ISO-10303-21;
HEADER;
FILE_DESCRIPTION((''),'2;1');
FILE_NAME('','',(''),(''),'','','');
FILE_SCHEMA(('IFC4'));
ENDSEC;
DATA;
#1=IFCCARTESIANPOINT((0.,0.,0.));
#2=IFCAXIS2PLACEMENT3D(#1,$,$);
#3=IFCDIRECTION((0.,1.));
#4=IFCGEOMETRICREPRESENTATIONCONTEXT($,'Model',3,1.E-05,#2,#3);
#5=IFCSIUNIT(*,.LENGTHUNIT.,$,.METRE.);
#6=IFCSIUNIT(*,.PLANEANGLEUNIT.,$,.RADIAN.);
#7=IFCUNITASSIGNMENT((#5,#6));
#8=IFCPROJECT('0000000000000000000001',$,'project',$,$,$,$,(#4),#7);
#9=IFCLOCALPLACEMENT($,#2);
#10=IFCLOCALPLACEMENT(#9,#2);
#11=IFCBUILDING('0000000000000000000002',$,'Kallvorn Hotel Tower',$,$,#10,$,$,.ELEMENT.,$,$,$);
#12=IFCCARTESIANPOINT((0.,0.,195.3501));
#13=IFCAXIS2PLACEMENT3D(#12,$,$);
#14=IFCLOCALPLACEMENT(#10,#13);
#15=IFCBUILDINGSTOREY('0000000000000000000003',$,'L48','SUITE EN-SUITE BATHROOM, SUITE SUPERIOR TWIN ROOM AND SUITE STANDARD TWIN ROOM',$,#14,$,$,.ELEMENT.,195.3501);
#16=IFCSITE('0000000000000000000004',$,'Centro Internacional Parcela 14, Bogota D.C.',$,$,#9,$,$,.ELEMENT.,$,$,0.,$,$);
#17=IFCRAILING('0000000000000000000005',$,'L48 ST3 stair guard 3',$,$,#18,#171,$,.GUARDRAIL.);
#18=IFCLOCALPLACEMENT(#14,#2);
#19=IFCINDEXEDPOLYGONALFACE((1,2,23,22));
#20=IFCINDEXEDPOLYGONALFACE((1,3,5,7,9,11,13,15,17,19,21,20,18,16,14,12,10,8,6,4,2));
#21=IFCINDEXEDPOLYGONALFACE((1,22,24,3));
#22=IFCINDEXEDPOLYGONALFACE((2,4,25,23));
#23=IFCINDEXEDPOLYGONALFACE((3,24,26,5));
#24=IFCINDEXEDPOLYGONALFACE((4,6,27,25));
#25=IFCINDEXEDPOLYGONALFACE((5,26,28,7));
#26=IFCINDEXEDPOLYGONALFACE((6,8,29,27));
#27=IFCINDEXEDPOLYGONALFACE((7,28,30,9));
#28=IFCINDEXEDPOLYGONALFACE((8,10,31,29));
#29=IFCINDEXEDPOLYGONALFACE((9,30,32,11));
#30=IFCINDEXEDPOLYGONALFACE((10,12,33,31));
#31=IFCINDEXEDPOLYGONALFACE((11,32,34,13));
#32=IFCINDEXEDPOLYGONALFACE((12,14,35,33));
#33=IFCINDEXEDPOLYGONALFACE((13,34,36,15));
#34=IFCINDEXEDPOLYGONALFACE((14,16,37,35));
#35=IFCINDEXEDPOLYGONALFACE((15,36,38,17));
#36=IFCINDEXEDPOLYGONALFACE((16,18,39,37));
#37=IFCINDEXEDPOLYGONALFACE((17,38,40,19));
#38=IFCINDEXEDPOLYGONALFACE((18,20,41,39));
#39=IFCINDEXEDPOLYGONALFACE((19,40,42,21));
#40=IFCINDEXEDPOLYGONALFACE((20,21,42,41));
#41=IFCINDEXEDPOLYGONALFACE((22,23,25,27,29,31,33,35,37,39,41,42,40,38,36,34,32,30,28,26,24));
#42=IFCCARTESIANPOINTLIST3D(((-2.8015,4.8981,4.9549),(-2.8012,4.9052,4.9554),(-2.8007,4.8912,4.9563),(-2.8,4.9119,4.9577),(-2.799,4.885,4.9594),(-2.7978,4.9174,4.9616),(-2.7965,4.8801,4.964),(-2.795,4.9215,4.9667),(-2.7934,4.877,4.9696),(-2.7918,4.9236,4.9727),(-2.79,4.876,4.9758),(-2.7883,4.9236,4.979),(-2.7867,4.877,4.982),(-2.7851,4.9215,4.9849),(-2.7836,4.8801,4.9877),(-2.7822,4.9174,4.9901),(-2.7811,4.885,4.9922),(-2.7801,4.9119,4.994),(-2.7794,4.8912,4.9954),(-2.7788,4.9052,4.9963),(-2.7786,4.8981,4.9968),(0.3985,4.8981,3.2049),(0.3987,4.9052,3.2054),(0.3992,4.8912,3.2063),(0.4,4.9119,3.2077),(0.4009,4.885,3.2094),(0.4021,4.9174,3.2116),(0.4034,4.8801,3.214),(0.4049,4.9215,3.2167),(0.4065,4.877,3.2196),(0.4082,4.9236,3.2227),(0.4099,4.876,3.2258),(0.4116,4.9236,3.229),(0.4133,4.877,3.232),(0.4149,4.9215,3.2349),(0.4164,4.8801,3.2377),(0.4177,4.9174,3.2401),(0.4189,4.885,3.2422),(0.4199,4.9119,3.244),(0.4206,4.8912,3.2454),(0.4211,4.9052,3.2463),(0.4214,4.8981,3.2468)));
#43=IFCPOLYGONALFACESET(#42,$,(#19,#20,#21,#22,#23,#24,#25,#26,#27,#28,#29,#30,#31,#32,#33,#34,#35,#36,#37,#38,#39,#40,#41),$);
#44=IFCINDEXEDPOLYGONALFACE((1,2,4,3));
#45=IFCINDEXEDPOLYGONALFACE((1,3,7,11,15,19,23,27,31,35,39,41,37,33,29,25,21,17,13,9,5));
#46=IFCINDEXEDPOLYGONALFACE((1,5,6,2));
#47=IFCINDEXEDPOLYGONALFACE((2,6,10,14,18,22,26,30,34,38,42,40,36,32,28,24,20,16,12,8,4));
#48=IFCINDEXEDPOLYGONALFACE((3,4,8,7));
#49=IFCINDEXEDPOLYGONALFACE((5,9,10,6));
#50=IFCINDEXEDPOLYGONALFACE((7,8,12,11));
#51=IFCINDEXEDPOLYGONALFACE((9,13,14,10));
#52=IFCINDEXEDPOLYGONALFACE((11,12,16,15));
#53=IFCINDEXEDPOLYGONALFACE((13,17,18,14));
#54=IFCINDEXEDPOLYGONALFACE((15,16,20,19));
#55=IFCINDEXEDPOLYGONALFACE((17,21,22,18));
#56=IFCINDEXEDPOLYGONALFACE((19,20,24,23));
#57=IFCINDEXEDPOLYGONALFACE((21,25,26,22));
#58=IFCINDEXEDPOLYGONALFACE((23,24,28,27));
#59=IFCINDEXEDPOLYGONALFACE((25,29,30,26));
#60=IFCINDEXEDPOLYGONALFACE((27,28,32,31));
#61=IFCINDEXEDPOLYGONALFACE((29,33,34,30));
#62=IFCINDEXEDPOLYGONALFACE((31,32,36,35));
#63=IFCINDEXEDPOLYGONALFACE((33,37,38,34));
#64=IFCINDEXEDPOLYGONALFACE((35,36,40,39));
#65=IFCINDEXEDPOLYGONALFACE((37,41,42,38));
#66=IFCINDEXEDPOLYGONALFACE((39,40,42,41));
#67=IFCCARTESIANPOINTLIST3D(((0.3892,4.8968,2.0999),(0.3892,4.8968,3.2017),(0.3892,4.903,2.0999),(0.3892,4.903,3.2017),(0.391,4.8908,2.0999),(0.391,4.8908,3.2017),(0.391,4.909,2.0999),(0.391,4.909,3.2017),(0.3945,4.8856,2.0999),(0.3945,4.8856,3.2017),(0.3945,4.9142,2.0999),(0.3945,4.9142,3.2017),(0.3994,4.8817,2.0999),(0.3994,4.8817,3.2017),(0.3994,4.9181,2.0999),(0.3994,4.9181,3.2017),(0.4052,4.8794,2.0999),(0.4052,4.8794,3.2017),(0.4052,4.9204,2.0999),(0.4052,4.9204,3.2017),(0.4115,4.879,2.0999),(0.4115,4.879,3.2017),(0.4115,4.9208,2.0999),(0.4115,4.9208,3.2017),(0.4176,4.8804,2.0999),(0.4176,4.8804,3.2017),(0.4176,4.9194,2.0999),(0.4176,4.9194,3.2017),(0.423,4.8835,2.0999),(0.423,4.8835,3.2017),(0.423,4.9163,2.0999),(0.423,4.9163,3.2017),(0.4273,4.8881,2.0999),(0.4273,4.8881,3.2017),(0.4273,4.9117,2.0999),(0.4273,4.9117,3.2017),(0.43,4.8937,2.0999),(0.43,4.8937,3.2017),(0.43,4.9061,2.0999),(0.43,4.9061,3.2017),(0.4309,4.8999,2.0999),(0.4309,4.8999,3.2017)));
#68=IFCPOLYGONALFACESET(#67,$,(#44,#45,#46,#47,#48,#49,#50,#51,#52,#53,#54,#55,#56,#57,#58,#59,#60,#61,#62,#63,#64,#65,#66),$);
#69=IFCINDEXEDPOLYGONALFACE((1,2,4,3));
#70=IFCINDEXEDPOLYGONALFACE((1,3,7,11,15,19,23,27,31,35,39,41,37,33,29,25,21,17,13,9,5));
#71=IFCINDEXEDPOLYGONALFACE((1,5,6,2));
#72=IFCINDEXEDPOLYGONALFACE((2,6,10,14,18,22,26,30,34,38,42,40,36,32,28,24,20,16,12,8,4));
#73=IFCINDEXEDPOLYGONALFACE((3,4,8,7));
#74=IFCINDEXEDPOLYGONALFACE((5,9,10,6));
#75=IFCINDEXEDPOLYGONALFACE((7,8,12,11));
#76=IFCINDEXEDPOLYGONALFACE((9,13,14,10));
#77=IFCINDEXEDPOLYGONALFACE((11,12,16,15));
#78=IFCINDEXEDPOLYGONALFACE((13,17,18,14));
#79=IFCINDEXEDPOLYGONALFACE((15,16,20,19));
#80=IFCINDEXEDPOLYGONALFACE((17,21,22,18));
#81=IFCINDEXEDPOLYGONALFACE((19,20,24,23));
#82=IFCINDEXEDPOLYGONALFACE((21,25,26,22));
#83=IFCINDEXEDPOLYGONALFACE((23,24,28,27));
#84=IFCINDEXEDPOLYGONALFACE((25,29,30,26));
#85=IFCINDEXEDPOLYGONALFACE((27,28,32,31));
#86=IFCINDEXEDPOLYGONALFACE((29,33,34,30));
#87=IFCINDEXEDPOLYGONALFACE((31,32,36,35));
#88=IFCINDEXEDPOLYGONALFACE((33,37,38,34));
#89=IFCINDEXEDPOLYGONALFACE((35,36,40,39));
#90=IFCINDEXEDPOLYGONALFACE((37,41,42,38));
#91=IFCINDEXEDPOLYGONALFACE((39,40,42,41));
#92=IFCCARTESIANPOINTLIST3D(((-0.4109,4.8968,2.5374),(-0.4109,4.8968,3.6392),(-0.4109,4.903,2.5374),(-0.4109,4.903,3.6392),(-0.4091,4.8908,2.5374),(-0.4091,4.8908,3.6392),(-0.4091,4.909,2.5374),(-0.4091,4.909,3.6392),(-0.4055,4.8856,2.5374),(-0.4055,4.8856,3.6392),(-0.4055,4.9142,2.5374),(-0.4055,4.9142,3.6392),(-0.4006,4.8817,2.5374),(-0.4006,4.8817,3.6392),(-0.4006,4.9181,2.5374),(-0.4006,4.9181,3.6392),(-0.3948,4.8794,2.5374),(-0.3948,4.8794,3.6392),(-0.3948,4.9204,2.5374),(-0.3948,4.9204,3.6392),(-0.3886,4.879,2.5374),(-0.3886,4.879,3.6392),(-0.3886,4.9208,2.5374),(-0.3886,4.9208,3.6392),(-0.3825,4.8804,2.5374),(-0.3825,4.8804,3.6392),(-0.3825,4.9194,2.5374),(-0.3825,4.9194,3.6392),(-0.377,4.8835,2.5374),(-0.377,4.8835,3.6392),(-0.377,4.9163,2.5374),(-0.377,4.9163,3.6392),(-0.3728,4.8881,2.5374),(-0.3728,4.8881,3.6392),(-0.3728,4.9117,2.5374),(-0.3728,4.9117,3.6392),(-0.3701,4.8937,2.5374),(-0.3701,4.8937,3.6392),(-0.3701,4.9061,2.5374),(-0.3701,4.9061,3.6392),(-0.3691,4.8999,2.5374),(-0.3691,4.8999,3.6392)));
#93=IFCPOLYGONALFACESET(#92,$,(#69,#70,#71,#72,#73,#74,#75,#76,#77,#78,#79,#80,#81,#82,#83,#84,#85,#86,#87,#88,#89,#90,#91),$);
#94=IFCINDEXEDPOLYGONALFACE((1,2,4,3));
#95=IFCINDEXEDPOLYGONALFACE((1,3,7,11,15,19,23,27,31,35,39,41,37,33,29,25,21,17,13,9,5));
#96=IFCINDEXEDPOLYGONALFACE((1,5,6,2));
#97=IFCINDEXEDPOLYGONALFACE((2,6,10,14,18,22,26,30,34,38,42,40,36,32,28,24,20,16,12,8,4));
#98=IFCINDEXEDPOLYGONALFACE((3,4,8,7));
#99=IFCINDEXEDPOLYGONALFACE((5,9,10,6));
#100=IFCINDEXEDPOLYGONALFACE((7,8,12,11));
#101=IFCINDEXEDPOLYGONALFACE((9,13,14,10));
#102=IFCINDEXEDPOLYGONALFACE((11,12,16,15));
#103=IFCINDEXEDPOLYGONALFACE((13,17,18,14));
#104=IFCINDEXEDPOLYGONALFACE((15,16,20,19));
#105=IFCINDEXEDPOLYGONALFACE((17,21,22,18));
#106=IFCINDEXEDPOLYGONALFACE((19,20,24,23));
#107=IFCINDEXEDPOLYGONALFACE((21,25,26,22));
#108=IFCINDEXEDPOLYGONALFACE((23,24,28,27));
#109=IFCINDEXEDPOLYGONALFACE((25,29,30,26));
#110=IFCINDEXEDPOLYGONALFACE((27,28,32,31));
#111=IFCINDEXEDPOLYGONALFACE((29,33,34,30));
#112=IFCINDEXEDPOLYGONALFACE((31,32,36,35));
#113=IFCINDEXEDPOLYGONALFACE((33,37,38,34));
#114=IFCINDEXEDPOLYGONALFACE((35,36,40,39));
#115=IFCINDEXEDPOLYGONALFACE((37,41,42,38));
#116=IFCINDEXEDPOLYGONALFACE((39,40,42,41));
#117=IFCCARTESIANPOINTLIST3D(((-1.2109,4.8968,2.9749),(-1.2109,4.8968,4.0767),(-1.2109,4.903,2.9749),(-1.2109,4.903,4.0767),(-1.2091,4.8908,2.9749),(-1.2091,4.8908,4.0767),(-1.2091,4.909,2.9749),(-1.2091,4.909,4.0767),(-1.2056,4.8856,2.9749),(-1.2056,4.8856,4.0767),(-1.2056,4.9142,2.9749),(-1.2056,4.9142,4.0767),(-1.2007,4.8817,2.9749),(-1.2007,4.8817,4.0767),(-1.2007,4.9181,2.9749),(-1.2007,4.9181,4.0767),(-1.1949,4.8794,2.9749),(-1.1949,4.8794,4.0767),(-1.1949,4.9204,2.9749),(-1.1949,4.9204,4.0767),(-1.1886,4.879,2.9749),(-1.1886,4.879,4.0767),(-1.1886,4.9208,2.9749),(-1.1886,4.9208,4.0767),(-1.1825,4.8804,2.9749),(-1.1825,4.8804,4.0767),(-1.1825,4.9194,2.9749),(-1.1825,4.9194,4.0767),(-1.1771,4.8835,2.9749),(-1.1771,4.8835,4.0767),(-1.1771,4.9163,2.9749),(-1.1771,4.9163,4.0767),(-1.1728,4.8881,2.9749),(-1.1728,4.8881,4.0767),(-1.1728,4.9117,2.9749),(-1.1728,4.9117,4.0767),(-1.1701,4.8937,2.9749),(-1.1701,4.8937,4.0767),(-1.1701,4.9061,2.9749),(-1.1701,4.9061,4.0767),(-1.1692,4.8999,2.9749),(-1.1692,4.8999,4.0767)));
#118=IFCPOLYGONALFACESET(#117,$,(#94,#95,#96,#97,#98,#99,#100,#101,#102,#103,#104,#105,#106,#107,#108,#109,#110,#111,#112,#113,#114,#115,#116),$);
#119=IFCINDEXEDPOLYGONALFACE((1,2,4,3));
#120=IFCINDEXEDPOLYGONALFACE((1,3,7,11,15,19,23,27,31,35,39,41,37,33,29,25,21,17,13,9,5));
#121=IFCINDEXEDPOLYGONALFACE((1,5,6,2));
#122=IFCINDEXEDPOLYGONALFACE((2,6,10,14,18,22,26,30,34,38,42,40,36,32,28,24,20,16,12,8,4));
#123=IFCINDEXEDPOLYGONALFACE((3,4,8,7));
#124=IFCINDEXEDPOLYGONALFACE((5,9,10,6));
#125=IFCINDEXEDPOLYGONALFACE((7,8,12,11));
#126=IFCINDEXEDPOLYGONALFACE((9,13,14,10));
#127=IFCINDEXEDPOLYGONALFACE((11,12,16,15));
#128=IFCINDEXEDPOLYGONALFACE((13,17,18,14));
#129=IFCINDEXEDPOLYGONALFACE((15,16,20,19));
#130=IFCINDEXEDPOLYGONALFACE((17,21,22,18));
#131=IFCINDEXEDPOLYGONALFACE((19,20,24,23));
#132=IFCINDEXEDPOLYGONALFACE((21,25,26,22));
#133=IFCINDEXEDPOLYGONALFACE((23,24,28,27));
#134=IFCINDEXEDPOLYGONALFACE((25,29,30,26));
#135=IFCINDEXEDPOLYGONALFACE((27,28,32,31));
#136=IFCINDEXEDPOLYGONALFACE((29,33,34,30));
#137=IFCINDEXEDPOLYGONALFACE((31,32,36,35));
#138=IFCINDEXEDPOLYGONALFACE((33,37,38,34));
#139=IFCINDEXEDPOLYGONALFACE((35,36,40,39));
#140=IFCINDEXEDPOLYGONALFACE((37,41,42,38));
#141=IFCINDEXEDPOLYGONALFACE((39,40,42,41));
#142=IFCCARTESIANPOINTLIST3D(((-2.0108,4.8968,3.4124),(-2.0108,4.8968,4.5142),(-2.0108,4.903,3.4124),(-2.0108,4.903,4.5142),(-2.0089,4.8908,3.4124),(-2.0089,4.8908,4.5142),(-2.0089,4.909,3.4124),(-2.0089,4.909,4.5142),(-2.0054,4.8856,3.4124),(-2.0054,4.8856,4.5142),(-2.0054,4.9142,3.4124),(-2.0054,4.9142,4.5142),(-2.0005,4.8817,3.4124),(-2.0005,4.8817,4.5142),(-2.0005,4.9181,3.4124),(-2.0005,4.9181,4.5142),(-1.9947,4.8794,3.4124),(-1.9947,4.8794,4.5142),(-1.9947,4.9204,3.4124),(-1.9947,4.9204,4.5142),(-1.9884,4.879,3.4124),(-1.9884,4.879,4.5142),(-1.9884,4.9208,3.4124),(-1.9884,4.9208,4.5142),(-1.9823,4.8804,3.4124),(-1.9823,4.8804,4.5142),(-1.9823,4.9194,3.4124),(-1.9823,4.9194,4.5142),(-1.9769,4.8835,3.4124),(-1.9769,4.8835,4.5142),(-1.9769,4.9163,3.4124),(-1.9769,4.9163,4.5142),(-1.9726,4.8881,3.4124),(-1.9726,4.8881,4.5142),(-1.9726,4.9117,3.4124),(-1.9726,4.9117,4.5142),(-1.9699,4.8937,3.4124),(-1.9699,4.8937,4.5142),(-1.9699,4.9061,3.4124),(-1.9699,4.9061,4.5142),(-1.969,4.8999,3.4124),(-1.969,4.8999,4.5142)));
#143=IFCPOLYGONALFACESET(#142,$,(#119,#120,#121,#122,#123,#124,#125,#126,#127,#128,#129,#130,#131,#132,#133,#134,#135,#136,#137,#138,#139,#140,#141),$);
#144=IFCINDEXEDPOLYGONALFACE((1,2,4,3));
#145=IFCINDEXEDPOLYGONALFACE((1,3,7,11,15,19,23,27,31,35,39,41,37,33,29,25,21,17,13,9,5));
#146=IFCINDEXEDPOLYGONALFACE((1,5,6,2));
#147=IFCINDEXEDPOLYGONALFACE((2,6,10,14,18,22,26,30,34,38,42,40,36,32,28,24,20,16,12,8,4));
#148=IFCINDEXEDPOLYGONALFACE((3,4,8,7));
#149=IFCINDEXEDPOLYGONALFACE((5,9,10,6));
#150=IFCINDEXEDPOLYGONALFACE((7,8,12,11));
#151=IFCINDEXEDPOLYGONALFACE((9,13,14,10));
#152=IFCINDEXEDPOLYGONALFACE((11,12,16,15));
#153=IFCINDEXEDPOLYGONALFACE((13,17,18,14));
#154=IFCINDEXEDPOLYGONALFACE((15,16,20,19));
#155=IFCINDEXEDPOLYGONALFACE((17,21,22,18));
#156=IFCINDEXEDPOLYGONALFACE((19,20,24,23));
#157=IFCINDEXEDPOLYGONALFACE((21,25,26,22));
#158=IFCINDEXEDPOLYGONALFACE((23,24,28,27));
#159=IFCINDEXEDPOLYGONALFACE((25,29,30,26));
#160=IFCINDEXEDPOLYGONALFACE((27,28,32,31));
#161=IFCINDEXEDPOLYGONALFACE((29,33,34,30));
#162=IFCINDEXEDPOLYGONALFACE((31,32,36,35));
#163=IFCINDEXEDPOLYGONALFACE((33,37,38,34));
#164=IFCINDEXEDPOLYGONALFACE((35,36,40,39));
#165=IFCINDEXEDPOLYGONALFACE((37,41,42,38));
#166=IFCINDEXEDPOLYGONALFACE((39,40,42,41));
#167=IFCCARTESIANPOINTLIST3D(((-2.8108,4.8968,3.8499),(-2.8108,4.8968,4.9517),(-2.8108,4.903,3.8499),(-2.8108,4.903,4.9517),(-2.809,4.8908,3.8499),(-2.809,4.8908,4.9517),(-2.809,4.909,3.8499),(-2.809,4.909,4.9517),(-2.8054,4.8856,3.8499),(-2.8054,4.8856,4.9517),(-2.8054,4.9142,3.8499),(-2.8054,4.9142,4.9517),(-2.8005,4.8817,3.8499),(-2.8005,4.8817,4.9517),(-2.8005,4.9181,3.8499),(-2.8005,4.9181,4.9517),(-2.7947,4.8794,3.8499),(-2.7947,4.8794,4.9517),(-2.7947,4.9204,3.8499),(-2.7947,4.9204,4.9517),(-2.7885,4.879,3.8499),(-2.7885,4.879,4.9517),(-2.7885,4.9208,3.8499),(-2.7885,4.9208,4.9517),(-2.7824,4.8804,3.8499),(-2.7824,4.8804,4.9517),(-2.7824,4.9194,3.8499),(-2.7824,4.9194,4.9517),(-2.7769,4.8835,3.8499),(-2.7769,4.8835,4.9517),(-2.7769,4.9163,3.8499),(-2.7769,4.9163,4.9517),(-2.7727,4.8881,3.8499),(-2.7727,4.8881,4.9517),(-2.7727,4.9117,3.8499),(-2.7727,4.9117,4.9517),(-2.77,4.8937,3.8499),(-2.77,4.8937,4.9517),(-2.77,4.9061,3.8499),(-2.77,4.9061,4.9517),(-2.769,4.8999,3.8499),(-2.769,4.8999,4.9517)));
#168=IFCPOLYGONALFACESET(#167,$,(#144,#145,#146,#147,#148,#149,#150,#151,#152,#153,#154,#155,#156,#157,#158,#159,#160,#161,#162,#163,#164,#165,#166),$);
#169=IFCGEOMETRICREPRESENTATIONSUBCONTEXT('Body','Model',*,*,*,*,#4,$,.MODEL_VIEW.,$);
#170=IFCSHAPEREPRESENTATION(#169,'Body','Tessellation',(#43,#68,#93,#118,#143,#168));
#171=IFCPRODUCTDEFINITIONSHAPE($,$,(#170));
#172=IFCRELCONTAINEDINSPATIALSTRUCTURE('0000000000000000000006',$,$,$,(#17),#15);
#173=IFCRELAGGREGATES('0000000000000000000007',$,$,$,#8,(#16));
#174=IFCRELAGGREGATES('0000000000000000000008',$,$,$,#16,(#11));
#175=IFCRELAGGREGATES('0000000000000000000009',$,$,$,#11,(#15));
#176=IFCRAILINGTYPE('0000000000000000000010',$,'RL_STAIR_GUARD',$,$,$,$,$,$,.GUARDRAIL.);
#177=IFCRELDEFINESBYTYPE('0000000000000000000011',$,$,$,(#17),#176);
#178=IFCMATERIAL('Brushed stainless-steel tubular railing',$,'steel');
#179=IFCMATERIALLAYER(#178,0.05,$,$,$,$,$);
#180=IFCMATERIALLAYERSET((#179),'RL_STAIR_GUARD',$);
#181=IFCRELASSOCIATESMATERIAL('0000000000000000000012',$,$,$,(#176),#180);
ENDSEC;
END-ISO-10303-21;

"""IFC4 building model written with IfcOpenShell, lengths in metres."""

from ifc_helpers import new_model, si_unit, direction, frame, origin, origin_2d, place, context, subcontext, project, spatial, circle, extrude, material, layer, layer_set, type_object, element, save


model = new_model("IFC4")

# Units and contexts
model_context = context("Model", 3, precision=1e-05, world=origin(), true_north=direction((0.0, 1.0)))
body_context = subcontext(model_context, "Body", "Model", "MODEL_VIEW")
ifc_project = project(units=[si_unit("LENGTHUNIT", "METRE"), si_unit("PLANEANGLEUNIT", "RADIAN")], contexts=[model_context])

# Site, building, storey
site_placement = place(None, origin())
site = spatial("IfcSite", under=ifc_project, at=site_placement, Name="Centro Internacional Parcela 14, Bogota D.C.", CompositionType="ELEMENT", RefElevation=0.0)
building_placement = place(site_placement, origin())
building = spatial("IfcBuilding", under=site, at=building_placement, Name="Kallvorn Hotel Tower", CompositionType="ELEMENT")
storey_placement = place(building_placement, frame((0.0, 0.0, 195.3501)))
storey = spatial("IfcBuildingStorey", under=building, at=storey_placement, Name="L48", Description="SUITE EN-SUITE BATHROOM, SUITE SUPERIOR TWIN ROOM AND SUITE STANDARD TWIN ROOM", CompositionType="ELEMENT", Elevation=195.3501)

# Railing
ifc_material_1 = material(Name="Brushed stainless-steel tubular railing", Category="steel")
ifc_layer_1 = layer(ifc_material_1, 0.05)
ifc_layer_set_1 = layer_set([ifc_layer_1], Name="RL_STAIR_GUARD")
railing_type_1 = type_object("IfcRailingType", Name="RL_STAIR_GUARD", PredefinedType="GUARDRAIL", material=ifc_layer_set_1)
railing_1_placement = place(storey_placement, frame((0.4099, 4.8999, 2.0999)))
element("IfcRailing", 1, at=railing_1_placement, inside=storey, type_object=railing_type_1, Name="L48 ST3 stair guard 3", PredefinedType="GUARDRAIL", context=body_context, shape_type="SweptSolid", body=[
    extrude(circle(Radius=0.0239, at=origin_2d()), frame((0.0, 0.0, 1.126), z_axis=(-0.877368, 0.0, 0.479818), x_axis=(0.0, -1.0, 0.0)), (0.0, 0.0, 1.0), 3.6472),
    extrude(circle(Radius=0.021, at=origin_2d()), origin(), (0.0, 0.0, 1.0), 1.1018),
    extrude(circle(Radius=0.021, at=origin_2d()), frame((-0.8, 0.0, 0.4375)), (0.0, 0.0, 1.0), 1.1018),
    extrude(circle(Radius=0.021, at=origin_2d()), frame((-1.6001, 0.0, 0.875)), (0.0, 0.0, 1.0), 1.1018),
    extrude(circle(Radius=0.021, at=origin_2d()), frame((-2.3999, 0.0, 1.3125)), (0.0, 0.0, 1.0), 1.1018),
    extrude(circle(Radius=0.021, at=origin_2d()), frame((-3.2, 0.0, 1.75)), (0.0, 0.0, 1.0), 1.1018),
])

save(model, "model.ifc")
